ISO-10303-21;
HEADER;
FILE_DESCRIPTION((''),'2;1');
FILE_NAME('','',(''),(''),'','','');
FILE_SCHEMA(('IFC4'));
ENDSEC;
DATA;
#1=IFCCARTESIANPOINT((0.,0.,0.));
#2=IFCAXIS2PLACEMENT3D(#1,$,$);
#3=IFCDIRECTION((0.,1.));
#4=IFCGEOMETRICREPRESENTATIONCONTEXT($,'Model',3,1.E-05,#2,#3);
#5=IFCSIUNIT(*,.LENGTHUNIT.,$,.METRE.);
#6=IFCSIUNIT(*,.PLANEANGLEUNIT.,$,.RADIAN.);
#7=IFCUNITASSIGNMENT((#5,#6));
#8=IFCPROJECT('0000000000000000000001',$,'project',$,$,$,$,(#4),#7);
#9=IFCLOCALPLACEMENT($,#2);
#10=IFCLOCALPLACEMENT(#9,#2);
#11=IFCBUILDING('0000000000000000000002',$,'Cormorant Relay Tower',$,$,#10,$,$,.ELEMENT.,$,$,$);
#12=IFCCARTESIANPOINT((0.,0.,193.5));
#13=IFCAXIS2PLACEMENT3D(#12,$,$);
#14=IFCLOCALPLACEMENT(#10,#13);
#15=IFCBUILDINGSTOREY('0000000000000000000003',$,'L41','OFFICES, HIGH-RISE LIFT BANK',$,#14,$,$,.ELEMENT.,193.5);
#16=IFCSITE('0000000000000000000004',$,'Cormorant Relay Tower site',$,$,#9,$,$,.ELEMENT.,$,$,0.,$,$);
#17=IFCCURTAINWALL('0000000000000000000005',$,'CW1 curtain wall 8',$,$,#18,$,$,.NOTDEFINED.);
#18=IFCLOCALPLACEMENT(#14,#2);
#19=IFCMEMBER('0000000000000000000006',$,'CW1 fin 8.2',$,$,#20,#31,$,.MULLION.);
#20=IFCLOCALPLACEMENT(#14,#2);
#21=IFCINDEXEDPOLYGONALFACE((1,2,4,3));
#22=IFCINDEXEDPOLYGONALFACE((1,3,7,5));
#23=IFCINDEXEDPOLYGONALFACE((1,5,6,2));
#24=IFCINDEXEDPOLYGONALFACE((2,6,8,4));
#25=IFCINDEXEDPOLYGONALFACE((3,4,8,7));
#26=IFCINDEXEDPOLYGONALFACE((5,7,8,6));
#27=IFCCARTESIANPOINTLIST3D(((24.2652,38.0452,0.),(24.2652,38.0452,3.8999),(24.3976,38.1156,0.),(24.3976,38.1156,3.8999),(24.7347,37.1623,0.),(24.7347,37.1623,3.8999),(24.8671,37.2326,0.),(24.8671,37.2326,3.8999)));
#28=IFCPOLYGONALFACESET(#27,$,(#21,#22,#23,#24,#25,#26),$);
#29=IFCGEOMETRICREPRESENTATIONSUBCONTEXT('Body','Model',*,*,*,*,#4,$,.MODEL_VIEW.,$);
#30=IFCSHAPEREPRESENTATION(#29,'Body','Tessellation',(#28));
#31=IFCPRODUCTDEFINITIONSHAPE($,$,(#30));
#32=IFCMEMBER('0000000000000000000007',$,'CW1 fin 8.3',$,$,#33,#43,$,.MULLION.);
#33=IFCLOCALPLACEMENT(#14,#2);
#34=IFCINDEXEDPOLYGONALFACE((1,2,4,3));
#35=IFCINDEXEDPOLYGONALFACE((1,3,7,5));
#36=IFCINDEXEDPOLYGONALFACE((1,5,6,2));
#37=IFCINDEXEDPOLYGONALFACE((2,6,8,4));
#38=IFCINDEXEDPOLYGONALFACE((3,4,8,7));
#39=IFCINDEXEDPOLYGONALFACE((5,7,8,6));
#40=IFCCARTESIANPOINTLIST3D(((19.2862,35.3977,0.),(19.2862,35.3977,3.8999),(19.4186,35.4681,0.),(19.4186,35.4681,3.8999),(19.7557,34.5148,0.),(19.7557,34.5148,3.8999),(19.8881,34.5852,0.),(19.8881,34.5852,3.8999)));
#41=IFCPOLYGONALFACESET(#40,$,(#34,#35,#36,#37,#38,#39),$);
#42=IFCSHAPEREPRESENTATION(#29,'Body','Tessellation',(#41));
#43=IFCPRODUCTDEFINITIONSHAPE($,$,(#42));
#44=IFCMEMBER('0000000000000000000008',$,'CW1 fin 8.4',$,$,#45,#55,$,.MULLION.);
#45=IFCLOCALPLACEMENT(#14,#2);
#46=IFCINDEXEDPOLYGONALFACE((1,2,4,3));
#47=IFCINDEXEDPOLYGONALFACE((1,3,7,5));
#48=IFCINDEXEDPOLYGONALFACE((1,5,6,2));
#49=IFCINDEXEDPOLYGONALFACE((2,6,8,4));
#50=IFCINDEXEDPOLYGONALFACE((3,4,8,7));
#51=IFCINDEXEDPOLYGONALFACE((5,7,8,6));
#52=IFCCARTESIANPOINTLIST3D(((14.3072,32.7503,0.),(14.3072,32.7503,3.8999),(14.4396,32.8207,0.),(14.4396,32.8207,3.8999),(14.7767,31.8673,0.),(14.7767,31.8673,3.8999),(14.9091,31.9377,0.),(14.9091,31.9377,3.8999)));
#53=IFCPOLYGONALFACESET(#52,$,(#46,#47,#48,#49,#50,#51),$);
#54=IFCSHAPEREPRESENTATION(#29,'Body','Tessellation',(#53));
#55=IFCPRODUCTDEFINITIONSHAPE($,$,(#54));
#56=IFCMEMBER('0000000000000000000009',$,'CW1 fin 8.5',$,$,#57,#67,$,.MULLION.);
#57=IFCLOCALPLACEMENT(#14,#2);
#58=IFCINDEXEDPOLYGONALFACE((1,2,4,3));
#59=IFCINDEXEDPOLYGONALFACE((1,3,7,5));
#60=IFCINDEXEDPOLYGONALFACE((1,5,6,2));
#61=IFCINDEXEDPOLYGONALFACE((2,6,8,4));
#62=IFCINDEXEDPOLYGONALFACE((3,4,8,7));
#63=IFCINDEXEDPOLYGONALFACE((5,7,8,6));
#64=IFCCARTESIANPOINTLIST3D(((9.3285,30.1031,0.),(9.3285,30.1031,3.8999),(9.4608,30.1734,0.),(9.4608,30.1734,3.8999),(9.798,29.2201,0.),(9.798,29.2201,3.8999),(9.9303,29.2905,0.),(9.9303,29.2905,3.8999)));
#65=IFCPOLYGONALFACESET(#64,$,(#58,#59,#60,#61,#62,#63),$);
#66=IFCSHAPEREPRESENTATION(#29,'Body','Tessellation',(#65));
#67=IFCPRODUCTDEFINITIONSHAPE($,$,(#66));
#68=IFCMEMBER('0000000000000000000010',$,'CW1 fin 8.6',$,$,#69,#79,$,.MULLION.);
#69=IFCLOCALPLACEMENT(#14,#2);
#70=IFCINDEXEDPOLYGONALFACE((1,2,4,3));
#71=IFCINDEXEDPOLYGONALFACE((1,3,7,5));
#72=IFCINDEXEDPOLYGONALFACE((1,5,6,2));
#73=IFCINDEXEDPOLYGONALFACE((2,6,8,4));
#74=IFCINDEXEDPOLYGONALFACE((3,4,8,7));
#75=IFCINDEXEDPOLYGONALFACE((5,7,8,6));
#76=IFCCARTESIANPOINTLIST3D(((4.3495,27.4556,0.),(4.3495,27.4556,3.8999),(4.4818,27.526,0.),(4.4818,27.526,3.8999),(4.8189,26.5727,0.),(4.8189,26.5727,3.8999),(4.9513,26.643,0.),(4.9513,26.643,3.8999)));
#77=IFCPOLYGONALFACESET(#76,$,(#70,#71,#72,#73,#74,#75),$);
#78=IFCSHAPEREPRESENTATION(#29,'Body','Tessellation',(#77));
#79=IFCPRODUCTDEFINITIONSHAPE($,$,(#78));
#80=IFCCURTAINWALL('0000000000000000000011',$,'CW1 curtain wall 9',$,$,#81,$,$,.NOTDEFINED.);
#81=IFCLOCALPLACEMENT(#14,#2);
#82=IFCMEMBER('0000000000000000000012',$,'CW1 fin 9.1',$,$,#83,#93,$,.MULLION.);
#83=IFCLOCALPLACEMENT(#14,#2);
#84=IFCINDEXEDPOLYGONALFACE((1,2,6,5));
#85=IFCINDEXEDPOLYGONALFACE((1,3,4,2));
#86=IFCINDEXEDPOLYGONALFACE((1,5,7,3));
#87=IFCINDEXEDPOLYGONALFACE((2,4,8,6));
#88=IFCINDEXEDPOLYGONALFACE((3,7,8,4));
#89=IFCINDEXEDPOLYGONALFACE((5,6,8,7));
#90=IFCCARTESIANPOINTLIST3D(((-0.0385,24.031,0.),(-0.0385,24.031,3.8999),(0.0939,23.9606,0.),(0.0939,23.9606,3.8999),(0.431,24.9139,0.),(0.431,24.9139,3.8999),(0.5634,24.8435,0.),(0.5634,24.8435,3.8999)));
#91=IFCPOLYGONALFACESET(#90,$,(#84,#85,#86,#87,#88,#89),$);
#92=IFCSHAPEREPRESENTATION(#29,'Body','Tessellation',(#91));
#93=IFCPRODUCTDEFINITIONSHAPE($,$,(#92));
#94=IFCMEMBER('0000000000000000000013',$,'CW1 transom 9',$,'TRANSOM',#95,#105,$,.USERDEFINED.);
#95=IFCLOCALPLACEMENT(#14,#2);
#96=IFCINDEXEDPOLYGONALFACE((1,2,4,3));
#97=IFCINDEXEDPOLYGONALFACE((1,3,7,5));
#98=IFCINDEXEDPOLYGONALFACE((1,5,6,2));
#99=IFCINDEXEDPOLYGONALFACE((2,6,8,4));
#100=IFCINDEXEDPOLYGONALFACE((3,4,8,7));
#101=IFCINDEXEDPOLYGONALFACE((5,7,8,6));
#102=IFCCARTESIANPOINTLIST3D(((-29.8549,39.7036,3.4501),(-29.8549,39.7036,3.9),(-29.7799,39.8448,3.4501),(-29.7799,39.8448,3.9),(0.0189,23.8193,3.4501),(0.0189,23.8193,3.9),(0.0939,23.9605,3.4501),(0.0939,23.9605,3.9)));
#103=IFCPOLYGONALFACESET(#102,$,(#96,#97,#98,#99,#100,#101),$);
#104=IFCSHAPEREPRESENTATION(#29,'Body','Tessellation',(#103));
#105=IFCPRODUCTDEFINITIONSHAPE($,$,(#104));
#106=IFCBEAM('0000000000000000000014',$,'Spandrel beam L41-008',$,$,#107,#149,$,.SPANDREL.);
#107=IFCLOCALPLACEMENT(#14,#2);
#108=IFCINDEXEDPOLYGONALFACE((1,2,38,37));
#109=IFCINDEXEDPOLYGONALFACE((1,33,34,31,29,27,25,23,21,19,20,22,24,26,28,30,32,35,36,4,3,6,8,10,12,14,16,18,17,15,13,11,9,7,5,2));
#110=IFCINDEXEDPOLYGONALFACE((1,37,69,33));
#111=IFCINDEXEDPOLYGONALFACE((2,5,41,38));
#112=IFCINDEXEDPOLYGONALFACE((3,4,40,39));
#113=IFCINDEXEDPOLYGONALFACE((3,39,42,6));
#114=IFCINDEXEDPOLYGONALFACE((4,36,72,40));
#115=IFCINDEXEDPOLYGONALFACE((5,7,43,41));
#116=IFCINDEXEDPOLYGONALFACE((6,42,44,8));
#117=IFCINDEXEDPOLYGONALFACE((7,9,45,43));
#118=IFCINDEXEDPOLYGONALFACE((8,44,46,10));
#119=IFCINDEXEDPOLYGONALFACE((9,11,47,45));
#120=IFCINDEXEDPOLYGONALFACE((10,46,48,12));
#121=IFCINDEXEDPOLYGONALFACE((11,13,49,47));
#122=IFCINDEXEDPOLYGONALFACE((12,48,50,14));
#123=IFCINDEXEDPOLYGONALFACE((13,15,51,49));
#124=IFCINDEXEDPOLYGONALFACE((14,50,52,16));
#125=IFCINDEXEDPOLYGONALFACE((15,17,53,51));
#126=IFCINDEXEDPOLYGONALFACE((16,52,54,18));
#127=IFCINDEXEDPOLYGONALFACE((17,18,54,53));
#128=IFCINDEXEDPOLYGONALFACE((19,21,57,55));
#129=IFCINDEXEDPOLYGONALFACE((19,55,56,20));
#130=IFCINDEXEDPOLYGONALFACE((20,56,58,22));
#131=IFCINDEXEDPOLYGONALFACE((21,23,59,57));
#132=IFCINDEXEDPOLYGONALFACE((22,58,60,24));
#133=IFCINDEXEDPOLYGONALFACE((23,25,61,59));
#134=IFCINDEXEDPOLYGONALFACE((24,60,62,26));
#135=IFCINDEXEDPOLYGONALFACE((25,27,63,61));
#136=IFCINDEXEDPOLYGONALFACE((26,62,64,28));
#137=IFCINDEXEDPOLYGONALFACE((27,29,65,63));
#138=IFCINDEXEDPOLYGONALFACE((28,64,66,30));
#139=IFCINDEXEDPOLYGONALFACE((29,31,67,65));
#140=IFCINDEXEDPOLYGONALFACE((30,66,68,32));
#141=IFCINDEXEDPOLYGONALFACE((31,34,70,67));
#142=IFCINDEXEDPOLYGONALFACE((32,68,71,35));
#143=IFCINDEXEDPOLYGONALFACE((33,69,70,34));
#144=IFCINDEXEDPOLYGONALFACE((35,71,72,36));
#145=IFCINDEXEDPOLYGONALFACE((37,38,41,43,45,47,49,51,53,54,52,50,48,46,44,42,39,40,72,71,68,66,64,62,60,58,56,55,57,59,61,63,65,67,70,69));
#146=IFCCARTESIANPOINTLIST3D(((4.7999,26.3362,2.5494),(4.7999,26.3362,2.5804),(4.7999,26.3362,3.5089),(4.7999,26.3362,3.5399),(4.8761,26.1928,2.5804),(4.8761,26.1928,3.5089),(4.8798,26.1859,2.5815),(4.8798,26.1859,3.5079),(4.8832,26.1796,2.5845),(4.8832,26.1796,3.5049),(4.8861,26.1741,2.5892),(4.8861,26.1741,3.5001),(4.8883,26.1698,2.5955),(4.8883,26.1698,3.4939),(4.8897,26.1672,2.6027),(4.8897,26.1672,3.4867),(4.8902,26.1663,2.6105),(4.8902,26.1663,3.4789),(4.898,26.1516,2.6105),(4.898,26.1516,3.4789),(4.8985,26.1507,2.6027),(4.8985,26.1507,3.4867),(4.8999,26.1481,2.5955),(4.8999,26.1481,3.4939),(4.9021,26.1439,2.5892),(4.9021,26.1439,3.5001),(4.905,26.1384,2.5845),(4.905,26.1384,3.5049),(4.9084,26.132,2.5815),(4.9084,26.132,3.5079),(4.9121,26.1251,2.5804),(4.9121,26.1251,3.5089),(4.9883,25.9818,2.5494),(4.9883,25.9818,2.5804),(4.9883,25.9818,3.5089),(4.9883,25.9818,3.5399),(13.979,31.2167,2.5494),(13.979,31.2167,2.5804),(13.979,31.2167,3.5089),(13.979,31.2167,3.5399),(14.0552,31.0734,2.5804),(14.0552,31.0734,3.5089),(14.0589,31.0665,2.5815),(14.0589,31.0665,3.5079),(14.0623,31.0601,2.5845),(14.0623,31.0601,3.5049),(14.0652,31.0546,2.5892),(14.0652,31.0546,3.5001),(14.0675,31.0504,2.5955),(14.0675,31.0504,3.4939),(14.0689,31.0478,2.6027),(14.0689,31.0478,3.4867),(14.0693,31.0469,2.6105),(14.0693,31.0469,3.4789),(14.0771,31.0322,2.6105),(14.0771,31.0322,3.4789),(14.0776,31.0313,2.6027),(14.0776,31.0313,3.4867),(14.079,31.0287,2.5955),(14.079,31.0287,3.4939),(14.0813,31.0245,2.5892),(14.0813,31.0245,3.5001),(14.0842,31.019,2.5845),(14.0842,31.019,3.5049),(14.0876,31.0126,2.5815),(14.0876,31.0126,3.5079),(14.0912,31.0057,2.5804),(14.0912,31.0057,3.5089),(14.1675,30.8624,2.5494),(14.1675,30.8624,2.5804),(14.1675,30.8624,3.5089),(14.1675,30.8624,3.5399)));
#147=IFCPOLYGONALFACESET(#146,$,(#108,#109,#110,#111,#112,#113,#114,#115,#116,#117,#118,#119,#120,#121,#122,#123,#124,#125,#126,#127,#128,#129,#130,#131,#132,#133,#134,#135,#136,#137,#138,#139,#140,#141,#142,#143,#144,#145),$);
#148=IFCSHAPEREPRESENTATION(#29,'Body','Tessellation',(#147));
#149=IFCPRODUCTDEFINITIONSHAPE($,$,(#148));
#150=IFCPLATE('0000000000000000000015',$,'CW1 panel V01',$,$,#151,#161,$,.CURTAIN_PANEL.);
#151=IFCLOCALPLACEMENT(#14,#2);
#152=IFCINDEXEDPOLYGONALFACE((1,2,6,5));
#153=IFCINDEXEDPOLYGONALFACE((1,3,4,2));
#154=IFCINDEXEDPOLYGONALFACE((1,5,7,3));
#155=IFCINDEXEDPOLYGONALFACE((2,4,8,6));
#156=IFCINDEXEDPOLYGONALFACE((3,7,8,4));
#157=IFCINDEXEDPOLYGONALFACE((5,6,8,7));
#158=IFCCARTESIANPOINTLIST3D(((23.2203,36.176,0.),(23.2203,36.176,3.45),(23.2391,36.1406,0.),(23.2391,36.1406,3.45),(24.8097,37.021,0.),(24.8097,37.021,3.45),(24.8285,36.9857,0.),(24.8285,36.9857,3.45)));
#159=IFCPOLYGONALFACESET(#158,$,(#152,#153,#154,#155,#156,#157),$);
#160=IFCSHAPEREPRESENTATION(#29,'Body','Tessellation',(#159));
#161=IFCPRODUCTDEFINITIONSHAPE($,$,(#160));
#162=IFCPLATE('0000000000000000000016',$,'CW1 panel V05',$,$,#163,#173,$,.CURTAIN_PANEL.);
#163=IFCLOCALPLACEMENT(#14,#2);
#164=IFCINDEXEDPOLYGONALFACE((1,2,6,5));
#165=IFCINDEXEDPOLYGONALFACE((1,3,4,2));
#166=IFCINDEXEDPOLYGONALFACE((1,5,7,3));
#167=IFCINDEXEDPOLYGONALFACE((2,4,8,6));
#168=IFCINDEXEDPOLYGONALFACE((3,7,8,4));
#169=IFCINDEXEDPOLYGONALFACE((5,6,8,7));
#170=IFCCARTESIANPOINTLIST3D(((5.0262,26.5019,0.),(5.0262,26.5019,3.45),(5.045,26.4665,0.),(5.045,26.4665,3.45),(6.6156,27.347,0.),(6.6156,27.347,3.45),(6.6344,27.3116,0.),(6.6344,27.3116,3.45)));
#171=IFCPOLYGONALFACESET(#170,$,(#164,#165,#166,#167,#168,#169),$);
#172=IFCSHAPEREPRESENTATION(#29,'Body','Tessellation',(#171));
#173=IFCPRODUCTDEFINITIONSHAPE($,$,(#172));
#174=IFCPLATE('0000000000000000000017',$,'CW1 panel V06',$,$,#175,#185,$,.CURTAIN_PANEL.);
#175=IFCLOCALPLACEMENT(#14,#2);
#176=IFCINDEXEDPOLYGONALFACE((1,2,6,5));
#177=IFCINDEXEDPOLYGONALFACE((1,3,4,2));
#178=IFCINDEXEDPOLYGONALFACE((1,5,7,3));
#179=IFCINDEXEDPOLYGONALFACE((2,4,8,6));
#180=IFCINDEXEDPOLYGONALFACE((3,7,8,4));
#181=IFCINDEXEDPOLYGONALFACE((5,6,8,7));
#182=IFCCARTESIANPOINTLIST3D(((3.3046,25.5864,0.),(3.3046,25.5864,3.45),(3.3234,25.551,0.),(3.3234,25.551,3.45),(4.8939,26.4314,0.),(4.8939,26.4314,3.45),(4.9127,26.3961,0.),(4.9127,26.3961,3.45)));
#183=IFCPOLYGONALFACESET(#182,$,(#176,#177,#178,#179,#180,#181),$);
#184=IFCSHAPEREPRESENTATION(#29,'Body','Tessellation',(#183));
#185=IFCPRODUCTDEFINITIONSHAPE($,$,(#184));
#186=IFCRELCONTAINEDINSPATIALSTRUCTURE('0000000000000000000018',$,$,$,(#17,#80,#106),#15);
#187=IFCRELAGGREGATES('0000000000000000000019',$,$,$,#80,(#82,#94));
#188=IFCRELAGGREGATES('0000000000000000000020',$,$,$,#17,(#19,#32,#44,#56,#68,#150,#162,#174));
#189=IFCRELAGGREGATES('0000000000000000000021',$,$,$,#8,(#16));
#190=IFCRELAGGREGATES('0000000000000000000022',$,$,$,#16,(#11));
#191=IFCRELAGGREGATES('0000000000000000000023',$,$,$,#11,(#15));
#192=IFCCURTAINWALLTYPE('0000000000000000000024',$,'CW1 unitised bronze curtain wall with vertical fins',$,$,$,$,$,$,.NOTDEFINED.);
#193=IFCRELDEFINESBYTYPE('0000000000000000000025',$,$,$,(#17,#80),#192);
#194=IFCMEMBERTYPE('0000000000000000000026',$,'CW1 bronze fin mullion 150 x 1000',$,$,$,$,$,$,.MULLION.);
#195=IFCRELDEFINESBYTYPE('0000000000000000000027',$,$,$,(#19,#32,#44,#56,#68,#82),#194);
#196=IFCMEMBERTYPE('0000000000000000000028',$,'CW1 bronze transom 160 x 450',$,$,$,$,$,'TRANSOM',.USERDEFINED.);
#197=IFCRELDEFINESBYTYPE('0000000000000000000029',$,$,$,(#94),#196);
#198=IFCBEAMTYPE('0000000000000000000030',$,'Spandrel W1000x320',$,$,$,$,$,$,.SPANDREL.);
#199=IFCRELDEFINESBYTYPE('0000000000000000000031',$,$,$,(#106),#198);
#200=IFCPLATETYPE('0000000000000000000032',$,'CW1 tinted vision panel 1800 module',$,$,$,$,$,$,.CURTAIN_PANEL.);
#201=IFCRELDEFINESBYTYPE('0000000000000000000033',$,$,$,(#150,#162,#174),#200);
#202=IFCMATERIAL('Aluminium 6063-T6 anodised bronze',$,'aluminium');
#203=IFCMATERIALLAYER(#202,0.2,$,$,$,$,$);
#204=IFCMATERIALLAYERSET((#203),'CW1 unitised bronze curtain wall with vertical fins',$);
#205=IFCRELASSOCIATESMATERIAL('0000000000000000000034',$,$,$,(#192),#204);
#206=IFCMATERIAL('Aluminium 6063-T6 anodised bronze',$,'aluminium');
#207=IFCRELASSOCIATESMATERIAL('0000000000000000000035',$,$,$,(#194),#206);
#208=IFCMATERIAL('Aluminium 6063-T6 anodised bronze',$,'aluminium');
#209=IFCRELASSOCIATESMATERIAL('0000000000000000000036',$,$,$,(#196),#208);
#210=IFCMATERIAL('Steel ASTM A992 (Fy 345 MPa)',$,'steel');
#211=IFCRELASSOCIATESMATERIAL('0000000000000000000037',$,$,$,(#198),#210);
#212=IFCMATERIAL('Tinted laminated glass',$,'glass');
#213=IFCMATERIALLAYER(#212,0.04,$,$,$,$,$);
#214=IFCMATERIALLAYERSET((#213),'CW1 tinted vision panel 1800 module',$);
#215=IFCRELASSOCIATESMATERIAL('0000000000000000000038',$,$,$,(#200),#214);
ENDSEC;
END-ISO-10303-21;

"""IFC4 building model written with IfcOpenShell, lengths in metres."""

from ifc_helpers import new_model, si_unit, direction, frame, origin, origin_2d, place, context, subcontext, project, spatial, rectangle, i_section, extrude, material, layer, layer_set, material_profile, profile_set, type_object, element, aggregate, save


model = new_model("IFC4")

# Units and contexts
model_context = context("Model", 3, precision=1e-05, world=origin(), true_north=direction((0.0, 1.0)))
body_context = subcontext(model_context, "Body", "Model", "MODEL_VIEW")
ifc_project = project(units=[si_unit("LENGTHUNIT", "METRE"), si_unit("PLANEANGLEUNIT", "RADIAN")], contexts=[model_context])

# Site, building, storey
site_placement = place(None, origin())
site = spatial("IfcSite", under=ifc_project, at=site_placement, Name="Cormorant Relay Tower site", CompositionType="ELEMENT", RefElevation=0.0)
building_placement = place(site_placement, origin())
building = spatial("IfcBuilding", under=site, at=building_placement, Name="Cormorant Relay Tower", CompositionType="ELEMENT")
storey_placement = place(building_placement, frame((0.0, 0.0, 193.5)))
storey = spatial("IfcBuildingStorey", under=building, at=storey_placement, Name="L41", Description="OFFICES, HIGH-RISE LIFT BANK", CompositionType="ELEMENT", Elevation=193.5)

# Curtain walls, members
ifc_material_1 = material(Name="Aluminium 6063-T6 anodised bronze", Category="aluminium")
ifc_layer_1 = layer(ifc_material_1, 0.2)
ifc_layer_set_1 = layer_set([ifc_layer_1], Name="CW1 unitised bronze curtain wall with vertical fins")
curtain_wall_type = type_object("IfcCurtainWallType", Name="CW1 unitised bronze curtain wall with vertical fins", PredefinedType="NOTDEFINED", material=ifc_layer_set_1)
curtain_wall_1_placement = place(storey_placement, origin())
curtain_wall_1 = element("IfcCurtainWall", 1, at=curtain_wall_1_placement, inside=storey, type_object=curtain_wall_type, Name="CW1 curtain wall 8", PredefinedType="NOTDEFINED")
ifc_material_2 = material(Name="Aluminium 6063-T6 anodised bronze", Category="aluminium")
ifc_material_profile_1 = material_profile(ifc_material_2, rectangle(XDim=0.1499, YDim=1.0, at=origin_2d()), Name="AL 150x1000")
ifc_profile_set_1 = profile_set([ifc_material_profile_1], Name="Aluminium 6063-T6 anodised bronze")
member_type_1 = type_object("IfcMemberType", Name="CW1 bronze fin mullion 150 x 1000", PredefinedType="MULLION", material=ifc_profile_set_1)
member_1_placement = place(storey_placement, frame((24.5662, 37.6389, 0.0), z_axis=(0.0, 0.0, 1.0), x_axis=(-0.882948, -0.469472, 0.0)))
member_1 = element("IfcMember", 2, at=member_1_placement, type_object=member_type_1, Name="CW1 fin 8.2", PredefinedType="MULLION", context=body_context, shape_type="SweptSolid", body=[
    extrude(rectangle(XDim=0.1499, YDim=1.0, at=origin_2d()), origin(), (0.0, 0.0, 1.0), 3.8999),
])
member_2_placement = place(storey_placement, frame((19.5872, 34.9915, 0.0), z_axis=(0.0, 0.0, 1.0), x_axis=(-0.882948, -0.469472, 0.0)))
member_2 = element("IfcMember", 3, at=member_2_placement, type_object=member_type_1, Name="CW1 fin 8.3", PredefinedType="MULLION", context=body_context, shape_type="SweptSolid", body=[
    extrude(rectangle(XDim=0.1499, YDim=1.0, at=origin_2d()), origin(), (0.0, 0.0, 1.0), 3.8999),
])
member_3_placement = place(storey_placement, frame((14.6082, 32.344, 0.0), z_axis=(0.0, 0.0, 1.0), x_axis=(-0.882948, -0.469472, 0.0)))
member_3 = element("IfcMember", 4, at=member_3_placement, type_object=member_type_1, Name="CW1 fin 8.4", PredefinedType="MULLION", context=body_context, shape_type="SweptSolid", body=[
    extrude(rectangle(XDim=0.1499, YDim=1.0, at=origin_2d()), origin(), (0.0, 0.0, 1.0), 3.8999),
])
member_4_placement = place(storey_placement, frame((9.6294, 29.6968, 0.0), z_axis=(0.0, 0.0, 1.0), x_axis=(-0.882948, -0.469472, 0.0)))
member_4 = element("IfcMember", 5, at=member_4_placement, type_object=member_type_1, Name="CW1 fin 8.5", PredefinedType="MULLION", context=body_context, shape_type="SweptSolid", body=[
    extrude(rectangle(XDim=0.1499, YDim=1.0, at=origin_2d()), origin(), (0.0, 0.0, 1.0), 3.8999),
])
member_5_placement = place(storey_placement, frame((4.6504, 27.0493, 0.0), z_axis=(0.0, 0.0, 1.0), x_axis=(-0.882948, -0.469472, 0.0)))
member_5 = element("IfcMember", 6, at=member_5_placement, type_object=member_type_1, Name="CW1 fin 8.6", PredefinedType="MULLION", context=body_context, shape_type="SweptSolid", body=[
    extrude(rectangle(XDim=0.1499, YDim=1.0, at=origin_2d()), origin(), (0.0, 0.0, 1.0), 3.8999),
])
curtain_wall_2_placement = place(storey_placement, origin())
curtain_wall_2 = element("IfcCurtainWall", 7, at=curtain_wall_2_placement, inside=storey, type_object=curtain_wall_type, Name="CW1 curtain wall 9", PredefinedType="NOTDEFINED")
member_6_placement = place(storey_placement, frame((0.2625, 24.4373, 0.0), z_axis=(0.0, 0.0, 1.0), x_axis=(-0.882948, 0.469472, 0.0)))
member_6 = element("IfcMember", 8, at=member_6_placement, type_object=member_type_1, Name="CW1 fin 9.1", PredefinedType="MULLION", context=body_context, shape_type="SweptSolid", body=[
    extrude(rectangle(XDim=0.1499, YDim=1.0, at=origin_2d()), origin(), (0.0, 0.0, 1.0), 3.8999),
])
ifc_material_3 = material(Name="Aluminium 6063-T6 anodised bronze", Category="aluminium")
ifc_material_profile_2 = material_profile(ifc_material_3, rectangle(XDim=0.1599, YDim=0.45, at=origin_2d()), Name="AL 160x450")
ifc_profile_set_2 = profile_set([ifc_material_profile_2], Name="Aluminium 6063-T6 anodised bronze")
member_type_2 = type_object("IfcMemberType", Name="CW1 bronze transom 160 x 450", ElementType="TRANSOM", PredefinedType="USERDEFINED", material=ifc_profile_set_2)
member_7_placement = place(storey_placement, frame((0.0564, 23.8899, 3.675), z_axis=(-0.882946, 0.469474, 0.0), x_axis=(-0.469474, -0.882946, 0.0)))
member_7 = element("IfcMember", 9, at=member_7_placement, type_object=member_type_2, Name="CW1 transom 9", ObjectType="TRANSOM", PredefinedType="USERDEFINED", context=body_context, shape_type="SweptSolid", body=[
    extrude(rectangle(XDim=0.1599, YDim=0.45, at=origin_2d()), origin(), (0.0, 0.0, 1.0), 33.8342),
])

# Beam
ifc_material_4 = material(Name="Steel ASTM A992 (Fy 345 MPa)", Category="steel")
ifc_material_profile_3 = material_profile(ifc_material_4, i_section(OverallWidth=0.4014, OverallDepth=0.9905, WebThickness=0.0166, FlangeThickness=0.031, FilletRadius=0.03, at=origin_2d()), Name="W1000x320")
ifc_profile_set_3 = profile_set([ifc_material_profile_3], Name="Steel ASTM A992 (Fy 345 MPa)")
beam_type = type_object("IfcBeamType", Name="Spandrel W1000x320", PredefinedType="SPANDREL", material=ifc_profile_set_3)
beam_placement = place(storey_placement, frame((14.0732, 31.0396, 3.0447), z_axis=(-0.88295, -0.469468, 0.0), x_axis=(0.469468, -0.88295, 0.0)))
element("IfcBeam", 10, at=beam_placement, inside=storey, type_object=beam_type, Name="Spandrel beam L41-008", PredefinedType="SPANDREL", context=body_context, shape_type="SweptSolid", body=[
    extrude(i_section(OverallWidth=0.4014, OverallDepth=0.9905, WebThickness=0.0166, FlangeThickness=0.031, FilletRadius=0.03, at=origin_2d()), origin(), (0.0, 0.0, 1.0), 10.396),
])

# Plates
ifc_material_5 = material(Name="Tinted laminated glass", Category="glass")
ifc_layer_2 = layer(ifc_material_5, 0.04)
ifc_layer_set_2 = layer_set([ifc_layer_2], Name="CW1 tinted vision panel 1800 module")
plate_type_1 = type_object("IfcPlateType", Name="CW1 tinted vision panel 1800 module", PredefinedType="CURTAIN_PANEL", material=ifc_layer_set_2)
plate_1_placement = place(storey_placement, frame((24.0244, 36.5808, 0.0), z_axis=(0.0, 0.0, 1.0), x_axis=(-0.882948, -0.469472, 0.0)))
plate_1 = element("IfcPlate", 11, at=plate_1_placement, type_object=plate_type_1, Name="CW1 panel V01", PredefinedType="CURTAIN_PANEL", context=body_context, shape_type="SweptSolid", body=[
    extrude(rectangle(XDim=1.8, YDim=0.04, at=origin_2d()), origin(), (0.0, 0.0, 1.0), 3.45),
])
plate_2_placement = place(storey_placement, frame((5.8303, 26.9067, 0.0), z_axis=(0.0, 0.0, 1.0), x_axis=(-0.882948, -0.469472, 0.0)))
plate_2 = element("IfcPlate", 12, at=plate_2_placement, type_object=plate_type_1, Name="CW1 panel V05", PredefinedType="CURTAIN_PANEL", context=body_context, shape_type="SweptSolid", body=[
    extrude(rectangle(XDim=1.8, YDim=0.04, at=origin_2d()), origin(), (0.0, 0.0, 1.0), 3.45),
])
plate_3_placement = place(storey_placement, frame((4.1086, 25.9912, 0.0), z_axis=(0.0, 0.0, 1.0), x_axis=(-0.882948, -0.469472, 0.0)))
plate_3 = element("IfcPlate", 13, at=plate_3_placement, type_object=plate_type_1, Name="CW1 panel V06", PredefinedType="CURTAIN_PANEL", context=body_context, shape_type="SweptSolid", body=[
    extrude(rectangle(XDim=1.8, YDim=0.04, at=origin_2d()), origin(), (0.0, 0.0, 1.0), 3.45),
])
aggregate(curtain_wall_2, [member_6, member_7])

aggregate(curtain_wall_1, [member_1, member_2, member_3, member_4, member_5, plate_1, plate_2, plate_3])

save(model, "model.ifc")
